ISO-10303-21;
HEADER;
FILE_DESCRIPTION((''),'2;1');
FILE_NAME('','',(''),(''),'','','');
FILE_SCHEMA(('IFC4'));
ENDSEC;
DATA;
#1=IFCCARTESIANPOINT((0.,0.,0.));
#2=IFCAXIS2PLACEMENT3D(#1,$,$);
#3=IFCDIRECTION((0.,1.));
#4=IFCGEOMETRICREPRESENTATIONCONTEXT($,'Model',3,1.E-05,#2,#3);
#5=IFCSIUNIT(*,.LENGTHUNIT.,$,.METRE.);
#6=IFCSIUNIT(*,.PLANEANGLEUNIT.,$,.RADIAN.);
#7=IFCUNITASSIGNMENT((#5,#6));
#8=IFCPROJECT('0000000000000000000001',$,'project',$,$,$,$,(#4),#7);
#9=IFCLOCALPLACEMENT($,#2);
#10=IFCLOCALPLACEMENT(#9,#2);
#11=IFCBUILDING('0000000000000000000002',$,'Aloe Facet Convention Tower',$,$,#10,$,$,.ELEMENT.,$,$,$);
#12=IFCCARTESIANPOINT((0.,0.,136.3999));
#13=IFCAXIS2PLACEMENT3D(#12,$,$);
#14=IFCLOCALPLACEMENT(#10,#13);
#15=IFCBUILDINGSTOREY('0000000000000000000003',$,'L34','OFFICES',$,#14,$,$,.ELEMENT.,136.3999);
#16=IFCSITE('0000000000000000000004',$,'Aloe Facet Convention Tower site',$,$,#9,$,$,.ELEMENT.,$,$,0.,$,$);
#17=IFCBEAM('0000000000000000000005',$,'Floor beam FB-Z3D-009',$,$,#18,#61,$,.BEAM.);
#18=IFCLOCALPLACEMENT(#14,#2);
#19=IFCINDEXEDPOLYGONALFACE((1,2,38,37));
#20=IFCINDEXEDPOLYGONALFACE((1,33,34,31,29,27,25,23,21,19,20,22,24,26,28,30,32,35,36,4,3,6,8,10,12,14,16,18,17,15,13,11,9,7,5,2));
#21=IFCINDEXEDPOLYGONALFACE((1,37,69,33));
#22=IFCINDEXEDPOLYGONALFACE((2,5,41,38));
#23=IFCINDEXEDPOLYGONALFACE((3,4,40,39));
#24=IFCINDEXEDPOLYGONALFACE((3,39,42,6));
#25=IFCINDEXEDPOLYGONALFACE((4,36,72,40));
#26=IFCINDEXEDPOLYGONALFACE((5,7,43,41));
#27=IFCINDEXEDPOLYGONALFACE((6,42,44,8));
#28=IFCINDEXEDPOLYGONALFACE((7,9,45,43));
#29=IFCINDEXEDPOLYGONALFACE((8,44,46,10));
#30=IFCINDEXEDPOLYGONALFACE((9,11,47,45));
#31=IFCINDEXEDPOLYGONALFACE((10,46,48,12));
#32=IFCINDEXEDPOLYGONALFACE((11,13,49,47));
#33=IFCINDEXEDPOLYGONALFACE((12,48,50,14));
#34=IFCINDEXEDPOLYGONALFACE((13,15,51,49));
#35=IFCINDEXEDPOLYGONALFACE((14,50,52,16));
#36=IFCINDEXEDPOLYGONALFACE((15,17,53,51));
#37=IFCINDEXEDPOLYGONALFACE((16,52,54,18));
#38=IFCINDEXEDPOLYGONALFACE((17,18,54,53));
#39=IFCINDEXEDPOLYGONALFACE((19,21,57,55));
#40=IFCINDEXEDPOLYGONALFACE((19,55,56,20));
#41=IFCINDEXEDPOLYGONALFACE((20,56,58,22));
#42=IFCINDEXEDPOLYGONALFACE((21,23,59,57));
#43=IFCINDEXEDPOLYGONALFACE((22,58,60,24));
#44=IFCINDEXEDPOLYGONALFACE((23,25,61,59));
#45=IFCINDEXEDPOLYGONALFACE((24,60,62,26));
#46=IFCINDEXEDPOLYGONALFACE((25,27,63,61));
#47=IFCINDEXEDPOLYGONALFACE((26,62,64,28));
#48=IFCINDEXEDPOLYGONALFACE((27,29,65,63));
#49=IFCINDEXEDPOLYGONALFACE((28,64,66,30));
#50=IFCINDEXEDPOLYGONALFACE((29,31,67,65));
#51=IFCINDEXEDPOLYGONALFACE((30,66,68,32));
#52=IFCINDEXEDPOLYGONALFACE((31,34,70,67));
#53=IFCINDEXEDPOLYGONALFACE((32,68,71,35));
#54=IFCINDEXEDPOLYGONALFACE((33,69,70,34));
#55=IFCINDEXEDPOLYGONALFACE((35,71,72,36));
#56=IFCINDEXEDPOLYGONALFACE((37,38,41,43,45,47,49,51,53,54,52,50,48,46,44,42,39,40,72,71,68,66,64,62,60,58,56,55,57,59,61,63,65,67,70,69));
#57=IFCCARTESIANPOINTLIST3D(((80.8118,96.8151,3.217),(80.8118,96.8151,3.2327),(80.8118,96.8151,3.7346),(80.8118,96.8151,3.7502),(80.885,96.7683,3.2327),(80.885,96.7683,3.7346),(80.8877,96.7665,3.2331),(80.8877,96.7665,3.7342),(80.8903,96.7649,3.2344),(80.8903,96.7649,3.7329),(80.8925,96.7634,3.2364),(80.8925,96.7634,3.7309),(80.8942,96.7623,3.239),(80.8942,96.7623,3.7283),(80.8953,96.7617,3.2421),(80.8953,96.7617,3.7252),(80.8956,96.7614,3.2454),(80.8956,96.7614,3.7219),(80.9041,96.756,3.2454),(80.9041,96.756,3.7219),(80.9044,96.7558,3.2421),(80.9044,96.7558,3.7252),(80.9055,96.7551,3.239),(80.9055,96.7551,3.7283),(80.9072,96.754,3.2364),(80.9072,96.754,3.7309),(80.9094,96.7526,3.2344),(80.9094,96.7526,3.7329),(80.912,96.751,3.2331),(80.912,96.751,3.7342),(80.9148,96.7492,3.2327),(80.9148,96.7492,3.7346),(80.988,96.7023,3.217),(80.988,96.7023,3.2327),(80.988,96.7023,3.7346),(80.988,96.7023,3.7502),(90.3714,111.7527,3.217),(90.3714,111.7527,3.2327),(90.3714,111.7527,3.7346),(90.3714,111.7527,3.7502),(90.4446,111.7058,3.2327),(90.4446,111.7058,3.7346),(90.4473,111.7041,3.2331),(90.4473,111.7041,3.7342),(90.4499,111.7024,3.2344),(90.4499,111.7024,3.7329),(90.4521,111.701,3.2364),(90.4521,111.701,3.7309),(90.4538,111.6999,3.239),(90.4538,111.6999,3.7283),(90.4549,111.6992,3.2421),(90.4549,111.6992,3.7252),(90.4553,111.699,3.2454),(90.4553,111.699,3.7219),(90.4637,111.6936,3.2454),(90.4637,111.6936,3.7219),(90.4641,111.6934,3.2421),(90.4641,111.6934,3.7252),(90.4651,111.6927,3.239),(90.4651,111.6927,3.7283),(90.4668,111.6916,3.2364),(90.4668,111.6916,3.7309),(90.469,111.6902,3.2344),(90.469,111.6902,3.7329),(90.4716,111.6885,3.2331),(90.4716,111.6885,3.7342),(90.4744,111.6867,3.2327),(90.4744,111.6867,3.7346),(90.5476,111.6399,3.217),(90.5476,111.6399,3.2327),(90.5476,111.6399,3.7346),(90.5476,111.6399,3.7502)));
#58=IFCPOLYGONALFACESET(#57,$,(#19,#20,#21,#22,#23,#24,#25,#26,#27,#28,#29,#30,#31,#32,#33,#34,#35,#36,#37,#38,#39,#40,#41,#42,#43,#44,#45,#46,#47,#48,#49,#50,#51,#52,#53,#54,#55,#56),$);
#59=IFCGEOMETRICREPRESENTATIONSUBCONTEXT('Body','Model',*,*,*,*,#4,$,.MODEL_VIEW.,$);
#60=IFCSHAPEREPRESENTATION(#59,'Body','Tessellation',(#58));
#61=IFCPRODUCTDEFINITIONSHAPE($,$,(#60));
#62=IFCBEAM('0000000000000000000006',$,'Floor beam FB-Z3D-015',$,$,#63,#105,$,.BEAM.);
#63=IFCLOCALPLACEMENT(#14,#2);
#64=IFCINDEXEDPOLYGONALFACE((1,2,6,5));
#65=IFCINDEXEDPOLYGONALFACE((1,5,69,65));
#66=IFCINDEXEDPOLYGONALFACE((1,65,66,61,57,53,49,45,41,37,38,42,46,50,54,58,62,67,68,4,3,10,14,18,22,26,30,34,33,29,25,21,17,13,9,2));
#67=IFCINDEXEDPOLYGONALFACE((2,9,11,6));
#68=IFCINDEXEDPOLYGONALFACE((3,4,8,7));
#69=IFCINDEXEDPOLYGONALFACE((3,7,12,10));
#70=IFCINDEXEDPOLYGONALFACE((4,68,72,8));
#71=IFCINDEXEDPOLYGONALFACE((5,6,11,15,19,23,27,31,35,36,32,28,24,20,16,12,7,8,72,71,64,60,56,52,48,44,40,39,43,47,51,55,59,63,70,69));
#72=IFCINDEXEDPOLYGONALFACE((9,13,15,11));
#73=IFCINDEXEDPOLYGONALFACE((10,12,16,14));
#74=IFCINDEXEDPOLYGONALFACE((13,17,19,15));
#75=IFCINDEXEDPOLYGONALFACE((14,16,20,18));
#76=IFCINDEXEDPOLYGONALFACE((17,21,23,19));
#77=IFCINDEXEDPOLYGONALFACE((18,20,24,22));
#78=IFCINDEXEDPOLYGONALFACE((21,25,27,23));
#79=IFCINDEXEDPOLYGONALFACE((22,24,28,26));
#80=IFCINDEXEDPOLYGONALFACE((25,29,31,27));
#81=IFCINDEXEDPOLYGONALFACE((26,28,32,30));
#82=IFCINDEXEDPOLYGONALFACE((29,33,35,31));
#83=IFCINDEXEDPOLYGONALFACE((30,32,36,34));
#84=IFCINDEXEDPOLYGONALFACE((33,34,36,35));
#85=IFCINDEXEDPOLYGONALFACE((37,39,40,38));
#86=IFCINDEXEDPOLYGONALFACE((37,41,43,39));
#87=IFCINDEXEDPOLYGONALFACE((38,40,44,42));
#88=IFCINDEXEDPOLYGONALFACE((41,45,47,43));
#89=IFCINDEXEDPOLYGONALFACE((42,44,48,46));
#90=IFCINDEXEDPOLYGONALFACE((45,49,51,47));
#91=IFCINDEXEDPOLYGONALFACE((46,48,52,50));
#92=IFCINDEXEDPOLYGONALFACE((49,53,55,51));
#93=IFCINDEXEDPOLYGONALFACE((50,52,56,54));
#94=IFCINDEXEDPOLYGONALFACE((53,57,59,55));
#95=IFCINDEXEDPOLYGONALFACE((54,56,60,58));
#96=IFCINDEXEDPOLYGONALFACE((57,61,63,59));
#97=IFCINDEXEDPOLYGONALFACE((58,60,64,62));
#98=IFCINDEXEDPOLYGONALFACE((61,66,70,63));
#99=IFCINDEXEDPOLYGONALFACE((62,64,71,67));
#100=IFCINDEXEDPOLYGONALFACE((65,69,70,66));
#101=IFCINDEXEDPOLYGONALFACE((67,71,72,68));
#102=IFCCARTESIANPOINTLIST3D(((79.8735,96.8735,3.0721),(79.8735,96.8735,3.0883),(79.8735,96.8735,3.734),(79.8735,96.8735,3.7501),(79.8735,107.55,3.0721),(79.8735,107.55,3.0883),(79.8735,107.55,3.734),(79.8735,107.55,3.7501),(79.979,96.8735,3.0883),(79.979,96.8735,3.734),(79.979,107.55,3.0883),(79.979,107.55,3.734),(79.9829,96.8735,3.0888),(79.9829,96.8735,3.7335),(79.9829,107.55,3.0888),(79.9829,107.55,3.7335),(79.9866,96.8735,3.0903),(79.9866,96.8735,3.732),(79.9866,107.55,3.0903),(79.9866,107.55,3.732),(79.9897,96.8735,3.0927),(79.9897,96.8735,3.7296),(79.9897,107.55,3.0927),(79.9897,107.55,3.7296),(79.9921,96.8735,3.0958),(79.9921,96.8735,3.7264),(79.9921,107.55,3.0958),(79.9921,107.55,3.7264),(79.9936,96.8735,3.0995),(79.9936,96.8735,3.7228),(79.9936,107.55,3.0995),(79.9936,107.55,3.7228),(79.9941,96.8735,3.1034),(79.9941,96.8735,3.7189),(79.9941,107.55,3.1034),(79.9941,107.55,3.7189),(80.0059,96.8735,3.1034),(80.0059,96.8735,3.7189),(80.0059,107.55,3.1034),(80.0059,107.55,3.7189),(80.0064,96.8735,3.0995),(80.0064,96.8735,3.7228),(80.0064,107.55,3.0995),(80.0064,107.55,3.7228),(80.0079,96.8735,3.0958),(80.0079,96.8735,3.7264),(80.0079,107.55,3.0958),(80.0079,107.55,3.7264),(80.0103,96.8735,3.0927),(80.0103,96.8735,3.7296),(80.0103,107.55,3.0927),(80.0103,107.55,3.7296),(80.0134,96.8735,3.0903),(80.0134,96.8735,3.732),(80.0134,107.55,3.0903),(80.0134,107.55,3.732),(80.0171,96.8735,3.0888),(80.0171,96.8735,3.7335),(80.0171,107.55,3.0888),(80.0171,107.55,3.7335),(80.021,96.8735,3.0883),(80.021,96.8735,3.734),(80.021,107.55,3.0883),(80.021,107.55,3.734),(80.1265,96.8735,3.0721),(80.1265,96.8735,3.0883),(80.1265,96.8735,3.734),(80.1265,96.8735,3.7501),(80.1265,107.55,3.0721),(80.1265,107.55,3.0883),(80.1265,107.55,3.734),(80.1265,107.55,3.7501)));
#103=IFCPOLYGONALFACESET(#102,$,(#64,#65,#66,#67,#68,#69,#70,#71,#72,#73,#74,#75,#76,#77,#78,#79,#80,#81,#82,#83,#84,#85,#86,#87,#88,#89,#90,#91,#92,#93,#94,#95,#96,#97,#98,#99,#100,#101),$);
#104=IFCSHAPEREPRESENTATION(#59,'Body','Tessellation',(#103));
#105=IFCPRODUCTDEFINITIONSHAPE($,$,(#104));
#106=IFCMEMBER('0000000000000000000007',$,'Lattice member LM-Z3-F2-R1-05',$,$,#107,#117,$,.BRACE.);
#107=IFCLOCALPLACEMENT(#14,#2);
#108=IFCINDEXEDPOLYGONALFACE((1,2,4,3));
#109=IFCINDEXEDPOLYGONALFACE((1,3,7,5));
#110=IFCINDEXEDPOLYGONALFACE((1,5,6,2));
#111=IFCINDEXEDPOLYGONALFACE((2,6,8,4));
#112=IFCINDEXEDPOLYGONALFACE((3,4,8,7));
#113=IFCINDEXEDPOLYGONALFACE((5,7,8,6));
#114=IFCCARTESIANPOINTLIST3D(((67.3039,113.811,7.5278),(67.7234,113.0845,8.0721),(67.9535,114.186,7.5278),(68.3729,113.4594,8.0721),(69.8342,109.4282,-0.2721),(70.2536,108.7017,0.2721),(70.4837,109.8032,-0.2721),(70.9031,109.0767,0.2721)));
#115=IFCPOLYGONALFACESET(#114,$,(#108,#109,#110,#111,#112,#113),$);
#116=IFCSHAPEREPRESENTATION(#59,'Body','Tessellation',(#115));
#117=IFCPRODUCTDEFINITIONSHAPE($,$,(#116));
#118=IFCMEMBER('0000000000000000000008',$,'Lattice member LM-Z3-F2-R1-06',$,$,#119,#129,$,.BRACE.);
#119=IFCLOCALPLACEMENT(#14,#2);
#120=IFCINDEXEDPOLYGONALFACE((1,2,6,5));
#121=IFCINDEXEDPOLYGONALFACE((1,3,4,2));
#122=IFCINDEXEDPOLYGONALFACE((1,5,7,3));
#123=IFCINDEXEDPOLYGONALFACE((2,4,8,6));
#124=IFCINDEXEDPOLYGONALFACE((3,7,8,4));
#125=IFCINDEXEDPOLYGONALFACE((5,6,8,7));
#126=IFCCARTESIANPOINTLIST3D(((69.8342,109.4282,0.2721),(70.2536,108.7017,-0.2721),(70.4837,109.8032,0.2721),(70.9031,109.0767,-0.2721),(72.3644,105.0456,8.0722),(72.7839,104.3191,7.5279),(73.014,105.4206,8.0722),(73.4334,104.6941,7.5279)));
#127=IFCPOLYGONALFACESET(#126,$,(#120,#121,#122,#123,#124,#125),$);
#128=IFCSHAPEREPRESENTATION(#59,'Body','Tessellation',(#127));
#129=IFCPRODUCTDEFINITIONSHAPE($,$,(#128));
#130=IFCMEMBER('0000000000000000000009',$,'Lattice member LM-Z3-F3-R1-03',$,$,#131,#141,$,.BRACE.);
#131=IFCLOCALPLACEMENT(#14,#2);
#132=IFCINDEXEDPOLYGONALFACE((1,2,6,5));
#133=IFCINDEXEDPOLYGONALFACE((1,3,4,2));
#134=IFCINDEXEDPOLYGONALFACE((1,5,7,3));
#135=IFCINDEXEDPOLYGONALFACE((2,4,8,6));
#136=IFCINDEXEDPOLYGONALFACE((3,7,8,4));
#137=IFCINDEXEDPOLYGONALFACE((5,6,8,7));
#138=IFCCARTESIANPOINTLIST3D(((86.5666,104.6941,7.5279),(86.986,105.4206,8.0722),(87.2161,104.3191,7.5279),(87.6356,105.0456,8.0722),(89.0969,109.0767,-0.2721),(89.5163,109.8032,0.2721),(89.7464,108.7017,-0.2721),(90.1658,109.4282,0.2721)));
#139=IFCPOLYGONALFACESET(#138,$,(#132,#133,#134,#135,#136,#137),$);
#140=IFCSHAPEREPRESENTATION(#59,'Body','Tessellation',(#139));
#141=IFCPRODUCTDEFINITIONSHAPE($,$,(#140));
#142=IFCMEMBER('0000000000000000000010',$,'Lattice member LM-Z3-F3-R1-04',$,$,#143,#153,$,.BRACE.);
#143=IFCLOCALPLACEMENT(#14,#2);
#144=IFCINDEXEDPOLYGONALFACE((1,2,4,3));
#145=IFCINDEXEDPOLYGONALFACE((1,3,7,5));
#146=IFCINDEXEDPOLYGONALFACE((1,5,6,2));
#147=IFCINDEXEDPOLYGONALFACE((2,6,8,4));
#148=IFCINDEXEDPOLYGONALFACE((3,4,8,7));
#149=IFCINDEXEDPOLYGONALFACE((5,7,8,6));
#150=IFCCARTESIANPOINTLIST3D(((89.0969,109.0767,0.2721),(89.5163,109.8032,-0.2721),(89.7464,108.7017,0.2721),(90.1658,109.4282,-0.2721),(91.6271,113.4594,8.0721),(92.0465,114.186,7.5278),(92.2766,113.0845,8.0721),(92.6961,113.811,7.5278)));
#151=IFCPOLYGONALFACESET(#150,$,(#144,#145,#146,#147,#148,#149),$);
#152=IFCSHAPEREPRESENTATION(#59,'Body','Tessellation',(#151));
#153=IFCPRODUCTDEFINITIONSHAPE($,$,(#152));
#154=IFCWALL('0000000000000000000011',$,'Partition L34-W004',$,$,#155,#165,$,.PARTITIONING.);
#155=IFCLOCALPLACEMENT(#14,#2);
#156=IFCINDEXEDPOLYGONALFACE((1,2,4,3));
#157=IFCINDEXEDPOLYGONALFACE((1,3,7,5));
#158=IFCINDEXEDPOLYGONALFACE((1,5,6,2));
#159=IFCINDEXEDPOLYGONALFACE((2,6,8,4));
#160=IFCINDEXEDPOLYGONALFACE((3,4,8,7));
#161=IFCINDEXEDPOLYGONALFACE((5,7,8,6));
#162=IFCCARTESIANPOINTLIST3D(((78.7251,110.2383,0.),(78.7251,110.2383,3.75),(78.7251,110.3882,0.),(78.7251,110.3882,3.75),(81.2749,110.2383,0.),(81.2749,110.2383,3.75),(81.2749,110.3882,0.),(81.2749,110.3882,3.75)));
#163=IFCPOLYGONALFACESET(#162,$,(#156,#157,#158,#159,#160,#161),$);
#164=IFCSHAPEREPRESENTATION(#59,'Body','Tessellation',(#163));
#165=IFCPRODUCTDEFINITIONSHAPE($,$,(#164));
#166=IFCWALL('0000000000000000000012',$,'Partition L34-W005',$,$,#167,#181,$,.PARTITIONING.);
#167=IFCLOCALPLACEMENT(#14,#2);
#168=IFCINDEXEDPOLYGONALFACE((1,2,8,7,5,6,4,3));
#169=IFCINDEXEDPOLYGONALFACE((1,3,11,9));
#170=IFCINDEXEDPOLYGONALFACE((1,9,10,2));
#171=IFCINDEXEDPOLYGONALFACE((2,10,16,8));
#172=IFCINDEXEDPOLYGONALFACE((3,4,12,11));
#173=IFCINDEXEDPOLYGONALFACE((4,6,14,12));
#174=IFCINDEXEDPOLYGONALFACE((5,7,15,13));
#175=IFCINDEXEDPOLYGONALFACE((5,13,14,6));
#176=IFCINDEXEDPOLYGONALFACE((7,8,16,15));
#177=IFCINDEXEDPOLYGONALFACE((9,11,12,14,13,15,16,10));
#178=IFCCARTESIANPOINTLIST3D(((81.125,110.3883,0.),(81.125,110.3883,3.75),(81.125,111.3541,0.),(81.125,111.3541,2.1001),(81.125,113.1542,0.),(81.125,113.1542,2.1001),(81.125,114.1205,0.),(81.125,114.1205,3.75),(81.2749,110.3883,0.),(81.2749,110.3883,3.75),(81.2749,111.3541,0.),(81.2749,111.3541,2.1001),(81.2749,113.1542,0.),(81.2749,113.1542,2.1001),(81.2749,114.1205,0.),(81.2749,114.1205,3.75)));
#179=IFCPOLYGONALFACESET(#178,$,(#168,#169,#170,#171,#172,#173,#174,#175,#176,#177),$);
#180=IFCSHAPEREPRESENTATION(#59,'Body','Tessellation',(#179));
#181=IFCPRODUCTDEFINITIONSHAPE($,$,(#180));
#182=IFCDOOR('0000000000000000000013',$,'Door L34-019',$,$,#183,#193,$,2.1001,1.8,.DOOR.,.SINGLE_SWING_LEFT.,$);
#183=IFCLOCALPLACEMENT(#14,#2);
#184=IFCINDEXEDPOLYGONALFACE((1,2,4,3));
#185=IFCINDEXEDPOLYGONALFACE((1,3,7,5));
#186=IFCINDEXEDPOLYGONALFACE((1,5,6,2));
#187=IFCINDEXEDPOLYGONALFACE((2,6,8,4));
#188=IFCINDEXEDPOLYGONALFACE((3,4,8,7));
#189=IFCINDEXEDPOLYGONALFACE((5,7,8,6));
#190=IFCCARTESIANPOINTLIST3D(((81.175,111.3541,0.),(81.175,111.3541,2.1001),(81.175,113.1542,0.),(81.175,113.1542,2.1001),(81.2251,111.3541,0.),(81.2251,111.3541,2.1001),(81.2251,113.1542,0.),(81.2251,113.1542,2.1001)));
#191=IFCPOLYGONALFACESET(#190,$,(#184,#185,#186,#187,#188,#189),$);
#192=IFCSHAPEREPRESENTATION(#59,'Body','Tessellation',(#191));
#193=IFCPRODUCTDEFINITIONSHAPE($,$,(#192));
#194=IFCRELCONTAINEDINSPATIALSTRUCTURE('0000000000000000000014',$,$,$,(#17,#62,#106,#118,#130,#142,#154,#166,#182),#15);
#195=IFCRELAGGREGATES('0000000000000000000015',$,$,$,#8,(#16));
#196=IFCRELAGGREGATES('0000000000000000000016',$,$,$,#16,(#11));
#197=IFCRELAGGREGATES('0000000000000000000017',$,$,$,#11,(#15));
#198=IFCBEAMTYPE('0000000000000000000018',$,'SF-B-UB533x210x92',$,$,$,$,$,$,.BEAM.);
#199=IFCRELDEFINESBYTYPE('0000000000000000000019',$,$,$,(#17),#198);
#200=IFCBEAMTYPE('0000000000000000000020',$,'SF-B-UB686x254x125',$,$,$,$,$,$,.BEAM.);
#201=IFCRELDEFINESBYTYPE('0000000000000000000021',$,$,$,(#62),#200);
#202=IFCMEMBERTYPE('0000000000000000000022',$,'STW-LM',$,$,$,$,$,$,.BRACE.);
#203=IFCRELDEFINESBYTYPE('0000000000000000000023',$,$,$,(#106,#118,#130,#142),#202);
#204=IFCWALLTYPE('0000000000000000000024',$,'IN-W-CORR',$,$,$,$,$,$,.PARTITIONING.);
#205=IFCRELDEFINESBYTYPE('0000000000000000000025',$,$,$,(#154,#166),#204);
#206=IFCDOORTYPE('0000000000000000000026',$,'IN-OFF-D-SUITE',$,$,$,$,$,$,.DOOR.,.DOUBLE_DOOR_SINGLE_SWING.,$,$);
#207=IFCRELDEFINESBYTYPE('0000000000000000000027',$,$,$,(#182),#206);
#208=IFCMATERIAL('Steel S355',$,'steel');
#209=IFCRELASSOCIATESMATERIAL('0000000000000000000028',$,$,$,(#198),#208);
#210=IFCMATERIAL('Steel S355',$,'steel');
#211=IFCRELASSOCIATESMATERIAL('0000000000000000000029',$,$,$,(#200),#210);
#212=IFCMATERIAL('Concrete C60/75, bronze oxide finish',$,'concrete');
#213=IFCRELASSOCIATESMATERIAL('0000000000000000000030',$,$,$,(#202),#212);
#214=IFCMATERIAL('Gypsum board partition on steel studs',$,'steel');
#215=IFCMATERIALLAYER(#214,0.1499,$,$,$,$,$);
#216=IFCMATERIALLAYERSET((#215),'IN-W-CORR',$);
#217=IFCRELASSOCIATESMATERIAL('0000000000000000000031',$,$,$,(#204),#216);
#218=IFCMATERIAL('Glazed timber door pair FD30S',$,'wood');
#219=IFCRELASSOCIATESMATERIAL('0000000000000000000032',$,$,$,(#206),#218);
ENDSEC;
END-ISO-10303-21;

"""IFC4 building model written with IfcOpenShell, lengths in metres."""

from ifc_helpers import new_model, si_unit, direction, frame, frame_2d, origin, origin_2d, place, context, subcontext, project, spatial, rectangle, i_section, extrude, material, layer, layer_set, material_profile, profile_set, type_object, element, fill, save


model = new_model("IFC4")

# Units and contexts
model_context = context("Model", 3, precision=1e-05, world=origin(), true_north=direction((0.0, 1.0)))
body_context = subcontext(model_context, "Body", "Model", "MODEL_VIEW")
ifc_project = project(units=[si_unit("LENGTHUNIT", "METRE"), si_unit("PLANEANGLEUNIT", "RADIAN")], contexts=[model_context])

# Site, building, storey
site_placement = place(None, origin())
site = spatial("IfcSite", under=ifc_project, at=site_placement, Name="Aloe Facet Convention Tower site", CompositionType="ELEMENT", RefElevation=0.0)
building_placement = place(site_placement, origin())
building = spatial("IfcBuilding", under=site, at=building_placement, Name="Aloe Facet Convention Tower", CompositionType="ELEMENT")
storey_placement = place(building_placement, frame((0.0, 0.0, 136.3999)))
storey = spatial("IfcBuildingStorey", under=building, at=storey_placement, Name="L34", Description="OFFICES", CompositionType="ELEMENT", Elevation=136.3999)

# Beams
ifc_material_1 = material(Name="Steel S355", Category="steel")
ifc_material_profile_1 = material_profile(ifc_material_1, i_section(OverallWidth=0.2092, OverallDepth=0.5332, WebThickness=0.01, FlangeThickness=0.0156, FilletRadius=0.0127, at=origin_2d()), Name="UB 533x210x92")
ifc_profile_set_1 = profile_set([ifc_material_profile_1], Name="Steel S355")
beam_type_1 = type_object("IfcBeamType", Name="SF-B-UB533x210x92", PredefinedType="BEAM", material=ifc_profile_set_1)
for number, where, z_axis, x_axis, name in (
    (1, (90.4595, 111.6963, 3.4836), (-0.539037, -0.842282, 0.0), (0.842282, -0.539037, 0.0), "Floor beam FB-Z3D-009"),
):
    element("IfcBeam", number, at=place(storey_placement, frame(where, z_axis=z_axis, x_axis=x_axis)), inside=storey, type_object=beam_type_1, Name=name, PredefinedType="BEAM", context=body_context, shape_type="SweptSolid", body=[
        extrude(i_section(OverallWidth=0.2092, OverallDepth=0.5332, WebThickness=0.01, FlangeThickness=0.0156, FilletRadius=0.0127, at=origin_2d()), origin(), (0.0, 0.0, 1.0), 17.7346),
    ])
ifc_material_2 = material(Name="Steel S355", Category="steel")
ifc_material_profile_2 = material_profile(ifc_material_2, i_section(OverallWidth=0.2529, OverallDepth=0.678, WebThickness=0.0117, FlangeThickness=0.0161, FilletRadius=0.0151, at=origin_2d()), Name="UB 686x254x125")
ifc_profile_set_2 = profile_set([ifc_material_profile_2], Name="Steel S355")
beam_type_2 = type_object("IfcBeamType", Name="SF-B-UB686x254x125", PredefinedType="BEAM", material=ifc_profile_set_2)
beam_1_placement = place(storey_placement, frame((80.0, 107.55, 3.4111), z_axis=(0.0, -1.0, 0.0), x_axis=(1.0, 0.0, 0.0)))
element("IfcBeam", 2, at=beam_1_placement, inside=storey, type_object=beam_type_2, Name="Floor beam FB-Z3D-015", PredefinedType="BEAM", context=body_context, shape_type="SweptSolid", body=[
    extrude(i_section(OverallWidth=0.2529, OverallDepth=0.678, WebThickness=0.0117, FlangeThickness=0.0161, FilletRadius=0.0151, at=origin_2d()), origin(), (0.0, 0.0, 1.0), 10.6765),
])

# Members
ifc_material_3 = material(Name="Concrete C60/75, bronze oxide finish", Category="concrete")
ifc_material_profile_3 = material_profile(ifc_material_3, rectangle(XDim=0.75, YDim=1.0, at=origin_2d()), Name="STW-LM")
ifc_profile_set_3 = profile_set([ifc_material_profile_3], Name="Concrete C60/75, bronze oxide finish")
member_type = type_object("IfcMemberType", Name="STW-LM", PredefinedType="BRACE", material=ifc_profile_set_3)
for number, where, z_axis, x_axis, name in (
    (3, (70.3687, 109.2524, 0.0), (-0.272132, 0.471373, 0.838899), (-0.866038, -0.499979, 0.0), "Lattice member LM-Z3-F2-R1-05"),
    (4, (70.3687, 109.2524, 0.0), (0.272135, -0.471353, 0.838909), (0.866026, 0.499999, 0.0), "Lattice member LM-Z3-F2-R1-06"),
    (5, (89.6313, 109.2524, 0.0), (-0.272135, -0.471353, 0.838909), (0.866026, -0.499999, 0.0), "Lattice member LM-Z3-F3-R1-03"),
    (6, (89.6313, 109.2524, 0.0), (0.272132, 0.471373, 0.838899), (-0.866038, 0.499979, 0.0), "Lattice member LM-Z3-F3-R1-04"),
):
    element("IfcMember", number, at=place(storey_placement, frame(where, z_axis=z_axis, x_axis=x_axis)), inside=storey, type_object=member_type, Name=name, PredefinedType="BRACE", context=body_context, shape_type="SweptSolid", body=[
        extrude(rectangle(XDim=0.75, YDim=1.0, at=origin_2d()), origin(), (0.0, 0.0, 1.0), 9.2979),
    ])

# Wall
ifc_material_4 = material(Name="Gypsum board partition on steel studs", Category="steel")
ifc_layer_1 = layer(ifc_material_4, 0.1499)
ifc_layer_set_1 = layer_set([ifc_layer_1], Name="IN-W-CORR")
wall_type_1 = type_object("IfcWallType", Name="IN-W-CORR", PredefinedType="PARTITIONING", material=ifc_layer_set_1)
wall_1_placement = place(storey_placement, frame((78.7251, 110.3132, 0.0), z_axis=(0.0, 0.0, 1.0), x_axis=(1.0, 0.0, 0.0)))
element("IfcWall", 7, at=wall_1_placement, inside=storey, type_object=wall_type_1, Name="Partition L34-W004", PredefinedType="PARTITIONING", context=body_context, shape_type="SweptSolid", body=[
    extrude(rectangle(XDim=2.5498, YDim=0.1499, at=frame_2d((1.2749, 0.0))), origin(), (0.0, 0.0, 1.0), 3.75),
])

# Wall, opening, door
wall_2_placement = place(storey_placement, frame((81.2, 110.3882, 0.0), z_axis=(0.0, 0.0, 1.0), x_axis=(0.0, 1.0, 0.0)))
wall_2 = element("IfcWall", 8, at=wall_2_placement, inside=storey, type_object=wall_type_1, Name="Partition L34-W005", PredefinedType="PARTITIONING", context=body_context, shape_type="SweptSolid", body=[
    extrude(rectangle(XDim=3.7322, YDim=0.1499, at=frame_2d((1.8662, 0.0))), origin(), (0.0, 0.0, 1.0), 3.75),
])
opening_1_placement = place(wall_2_placement, frame((0.9661, 0.0, 0.0)))
opening_1 = element("IfcOpeningElement", 9, at=opening_1_placement, cuts=wall_2, PredefinedType="OPENING", context=body_context, shape_type="SweptSolid", body=[
    extrude(rectangle(XDim=1.8, YDim=2.1001, at=frame_2d((0.8999, 1.05))), frame((0.0, 0.085, 0.0), z_axis=(0.0, -1.0, 0.0), x_axis=(1.0, 0.0, 0.0)), (0.0, 0.0, 1.0), 0.1699),
])
ifc_material_5 = material(Name="Glazed timber door pair FD30S", Category="wood")
door_type_1 = type_object("IfcDoorType", Name="IN-OFF-D-SUITE", OperationType="DOUBLE_DOOR_SINGLE_SWING", PredefinedType="DOOR", material=ifc_material_5)
door_1_placement = place(opening_1_placement, origin())
door_1 = element("IfcDoor", 10, at=door_1_placement, inside=storey, type_object=door_type_1, Name="Door L34-019", OperationType="SINGLE_SWING_LEFT", OverallHeight=2.1001, OverallWidth=1.8, PredefinedType="DOOR", context=body_context, shape_type="SweptSolid", body=[
    extrude(rectangle(XDim=1.8, YDim=2.1001, at=frame_2d((0.8999, 1.05))), frame((0.0, 0.0249, 0.0), z_axis=(0.0, -1.0, 0.0), x_axis=(1.0, 0.0, 0.0)), (0.0, 0.0, 1.0), 0.05),
])
fill(opening_1, door_1)

save(model, "model.ifc")
